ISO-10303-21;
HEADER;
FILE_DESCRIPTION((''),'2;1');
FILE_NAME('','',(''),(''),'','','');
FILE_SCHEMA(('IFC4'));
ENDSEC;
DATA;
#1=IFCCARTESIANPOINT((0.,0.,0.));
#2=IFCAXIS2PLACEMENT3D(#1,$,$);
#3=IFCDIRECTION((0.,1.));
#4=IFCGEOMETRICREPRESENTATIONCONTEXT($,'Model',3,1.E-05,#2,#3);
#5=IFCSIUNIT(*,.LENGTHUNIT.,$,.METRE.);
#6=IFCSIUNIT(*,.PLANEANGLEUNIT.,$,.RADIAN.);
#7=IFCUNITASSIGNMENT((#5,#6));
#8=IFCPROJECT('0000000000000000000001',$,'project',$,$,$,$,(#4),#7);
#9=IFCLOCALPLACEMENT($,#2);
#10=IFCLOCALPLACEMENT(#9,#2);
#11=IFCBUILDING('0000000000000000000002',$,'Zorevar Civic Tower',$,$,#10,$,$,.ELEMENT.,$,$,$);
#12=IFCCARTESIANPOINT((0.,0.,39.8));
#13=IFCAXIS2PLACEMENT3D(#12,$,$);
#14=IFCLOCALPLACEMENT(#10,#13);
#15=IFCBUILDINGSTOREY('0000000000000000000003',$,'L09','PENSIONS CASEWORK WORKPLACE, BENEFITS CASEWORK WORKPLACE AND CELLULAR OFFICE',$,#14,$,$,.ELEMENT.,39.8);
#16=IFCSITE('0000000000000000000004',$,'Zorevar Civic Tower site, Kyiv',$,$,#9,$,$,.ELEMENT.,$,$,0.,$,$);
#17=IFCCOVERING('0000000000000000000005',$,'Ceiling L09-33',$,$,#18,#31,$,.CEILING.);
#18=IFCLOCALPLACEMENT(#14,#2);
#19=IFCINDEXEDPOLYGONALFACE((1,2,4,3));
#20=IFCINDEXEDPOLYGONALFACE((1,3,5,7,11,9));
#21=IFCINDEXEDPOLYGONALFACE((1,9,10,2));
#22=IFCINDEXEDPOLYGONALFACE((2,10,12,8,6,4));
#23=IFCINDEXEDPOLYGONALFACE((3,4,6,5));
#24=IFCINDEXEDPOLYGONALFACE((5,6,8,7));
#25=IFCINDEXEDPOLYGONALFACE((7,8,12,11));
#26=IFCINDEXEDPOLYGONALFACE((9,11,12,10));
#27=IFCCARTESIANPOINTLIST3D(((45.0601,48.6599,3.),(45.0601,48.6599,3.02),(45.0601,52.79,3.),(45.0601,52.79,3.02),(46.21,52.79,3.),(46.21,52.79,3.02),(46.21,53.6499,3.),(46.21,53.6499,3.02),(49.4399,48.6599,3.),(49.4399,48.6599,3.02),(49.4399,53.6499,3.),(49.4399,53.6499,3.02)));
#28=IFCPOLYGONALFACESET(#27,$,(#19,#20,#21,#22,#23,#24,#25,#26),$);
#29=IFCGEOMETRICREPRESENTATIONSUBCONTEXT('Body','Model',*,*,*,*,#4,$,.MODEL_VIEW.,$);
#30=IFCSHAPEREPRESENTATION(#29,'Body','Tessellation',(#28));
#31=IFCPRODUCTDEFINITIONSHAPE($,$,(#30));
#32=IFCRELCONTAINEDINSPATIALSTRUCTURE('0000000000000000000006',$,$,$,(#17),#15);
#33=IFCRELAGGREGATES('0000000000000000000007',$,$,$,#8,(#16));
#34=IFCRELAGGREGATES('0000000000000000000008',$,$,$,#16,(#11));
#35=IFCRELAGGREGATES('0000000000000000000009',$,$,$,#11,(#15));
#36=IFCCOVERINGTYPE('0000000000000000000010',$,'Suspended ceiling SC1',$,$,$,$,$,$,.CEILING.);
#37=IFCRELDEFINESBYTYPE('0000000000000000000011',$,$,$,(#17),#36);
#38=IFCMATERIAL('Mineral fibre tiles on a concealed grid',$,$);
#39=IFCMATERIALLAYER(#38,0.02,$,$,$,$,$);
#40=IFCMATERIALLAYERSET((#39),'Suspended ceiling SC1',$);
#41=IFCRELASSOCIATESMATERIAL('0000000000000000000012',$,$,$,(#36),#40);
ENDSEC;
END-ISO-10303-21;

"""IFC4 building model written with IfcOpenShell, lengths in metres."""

from ifc_helpers import new_model, si_unit, direction, frame, origin, place, context, subcontext, project, spatial, polyline, outline, extrude, material, layer, layer_set, type_object, element, save


model = new_model("IFC4")

# Units and contexts
model_context = context("Model", 3, precision=1e-05, world=origin(), true_north=direction((0.0, 1.0)))
body_context = subcontext(model_context, "Body", "Model", "MODEL_VIEW")
ifc_project = project(units=[si_unit("LENGTHUNIT", "METRE"), si_unit("PLANEANGLEUNIT", "RADIAN")], contexts=[model_context])

# Site, building, storey
site_placement = place(None, origin())
site = spatial("IfcSite", under=ifc_project, at=site_placement, Name="Zorevar Civic Tower site, Kyiv", CompositionType="ELEMENT", RefElevation=0.0)
building_placement = place(site_placement, origin())
building = spatial("IfcBuilding", under=site, at=building_placement, Name="Zorevar Civic Tower", CompositionType="ELEMENT")
storey_placement = place(building_placement, frame((0.0, 0.0, 39.8)))
storey = spatial("IfcBuildingStorey", under=building, at=storey_placement, Name="L09", Description="PENSIONS CASEWORK WORKPLACE, BENEFITS CASEWORK WORKPLACE AND CELLULAR OFFICE", CompositionType="ELEMENT", Elevation=39.8)

# Covering
ifc_material_1 = material(Name="Mineral fibre tiles on a concealed grid")
ifc_layer_1 = layer(ifc_material_1, 0.02)
ifc_layer_set_1 = layer_set([ifc_layer_1], Name="Suspended ceiling SC1")
covering_type_1 = type_object("IfcCoveringType", Name="Suspended ceiling SC1", PredefinedType="CEILING", material=ifc_layer_set_1)
covering_1_placement = place(storey_placement, frame((0.0, 0.0, 3.0)))
element("IfcCovering", 1, at=covering_1_placement, inside=storey, type_object=covering_type_1, Name="Ceiling L09-33", PredefinedType="CEILING", context=body_context, shape_type="SweptSolid", body=[
    extrude(outline(polyline([(45.0601, 48.6599), (45.0601, 52.79), (46.21, 52.79), (46.21, 53.6499), (49.4399, 53.6499), (49.4399, 48.6599), (45.0601, 48.6599)])), origin(), (0.0, 0.0, 1.0), 0.02),
])

save(model, "model.ifc")
